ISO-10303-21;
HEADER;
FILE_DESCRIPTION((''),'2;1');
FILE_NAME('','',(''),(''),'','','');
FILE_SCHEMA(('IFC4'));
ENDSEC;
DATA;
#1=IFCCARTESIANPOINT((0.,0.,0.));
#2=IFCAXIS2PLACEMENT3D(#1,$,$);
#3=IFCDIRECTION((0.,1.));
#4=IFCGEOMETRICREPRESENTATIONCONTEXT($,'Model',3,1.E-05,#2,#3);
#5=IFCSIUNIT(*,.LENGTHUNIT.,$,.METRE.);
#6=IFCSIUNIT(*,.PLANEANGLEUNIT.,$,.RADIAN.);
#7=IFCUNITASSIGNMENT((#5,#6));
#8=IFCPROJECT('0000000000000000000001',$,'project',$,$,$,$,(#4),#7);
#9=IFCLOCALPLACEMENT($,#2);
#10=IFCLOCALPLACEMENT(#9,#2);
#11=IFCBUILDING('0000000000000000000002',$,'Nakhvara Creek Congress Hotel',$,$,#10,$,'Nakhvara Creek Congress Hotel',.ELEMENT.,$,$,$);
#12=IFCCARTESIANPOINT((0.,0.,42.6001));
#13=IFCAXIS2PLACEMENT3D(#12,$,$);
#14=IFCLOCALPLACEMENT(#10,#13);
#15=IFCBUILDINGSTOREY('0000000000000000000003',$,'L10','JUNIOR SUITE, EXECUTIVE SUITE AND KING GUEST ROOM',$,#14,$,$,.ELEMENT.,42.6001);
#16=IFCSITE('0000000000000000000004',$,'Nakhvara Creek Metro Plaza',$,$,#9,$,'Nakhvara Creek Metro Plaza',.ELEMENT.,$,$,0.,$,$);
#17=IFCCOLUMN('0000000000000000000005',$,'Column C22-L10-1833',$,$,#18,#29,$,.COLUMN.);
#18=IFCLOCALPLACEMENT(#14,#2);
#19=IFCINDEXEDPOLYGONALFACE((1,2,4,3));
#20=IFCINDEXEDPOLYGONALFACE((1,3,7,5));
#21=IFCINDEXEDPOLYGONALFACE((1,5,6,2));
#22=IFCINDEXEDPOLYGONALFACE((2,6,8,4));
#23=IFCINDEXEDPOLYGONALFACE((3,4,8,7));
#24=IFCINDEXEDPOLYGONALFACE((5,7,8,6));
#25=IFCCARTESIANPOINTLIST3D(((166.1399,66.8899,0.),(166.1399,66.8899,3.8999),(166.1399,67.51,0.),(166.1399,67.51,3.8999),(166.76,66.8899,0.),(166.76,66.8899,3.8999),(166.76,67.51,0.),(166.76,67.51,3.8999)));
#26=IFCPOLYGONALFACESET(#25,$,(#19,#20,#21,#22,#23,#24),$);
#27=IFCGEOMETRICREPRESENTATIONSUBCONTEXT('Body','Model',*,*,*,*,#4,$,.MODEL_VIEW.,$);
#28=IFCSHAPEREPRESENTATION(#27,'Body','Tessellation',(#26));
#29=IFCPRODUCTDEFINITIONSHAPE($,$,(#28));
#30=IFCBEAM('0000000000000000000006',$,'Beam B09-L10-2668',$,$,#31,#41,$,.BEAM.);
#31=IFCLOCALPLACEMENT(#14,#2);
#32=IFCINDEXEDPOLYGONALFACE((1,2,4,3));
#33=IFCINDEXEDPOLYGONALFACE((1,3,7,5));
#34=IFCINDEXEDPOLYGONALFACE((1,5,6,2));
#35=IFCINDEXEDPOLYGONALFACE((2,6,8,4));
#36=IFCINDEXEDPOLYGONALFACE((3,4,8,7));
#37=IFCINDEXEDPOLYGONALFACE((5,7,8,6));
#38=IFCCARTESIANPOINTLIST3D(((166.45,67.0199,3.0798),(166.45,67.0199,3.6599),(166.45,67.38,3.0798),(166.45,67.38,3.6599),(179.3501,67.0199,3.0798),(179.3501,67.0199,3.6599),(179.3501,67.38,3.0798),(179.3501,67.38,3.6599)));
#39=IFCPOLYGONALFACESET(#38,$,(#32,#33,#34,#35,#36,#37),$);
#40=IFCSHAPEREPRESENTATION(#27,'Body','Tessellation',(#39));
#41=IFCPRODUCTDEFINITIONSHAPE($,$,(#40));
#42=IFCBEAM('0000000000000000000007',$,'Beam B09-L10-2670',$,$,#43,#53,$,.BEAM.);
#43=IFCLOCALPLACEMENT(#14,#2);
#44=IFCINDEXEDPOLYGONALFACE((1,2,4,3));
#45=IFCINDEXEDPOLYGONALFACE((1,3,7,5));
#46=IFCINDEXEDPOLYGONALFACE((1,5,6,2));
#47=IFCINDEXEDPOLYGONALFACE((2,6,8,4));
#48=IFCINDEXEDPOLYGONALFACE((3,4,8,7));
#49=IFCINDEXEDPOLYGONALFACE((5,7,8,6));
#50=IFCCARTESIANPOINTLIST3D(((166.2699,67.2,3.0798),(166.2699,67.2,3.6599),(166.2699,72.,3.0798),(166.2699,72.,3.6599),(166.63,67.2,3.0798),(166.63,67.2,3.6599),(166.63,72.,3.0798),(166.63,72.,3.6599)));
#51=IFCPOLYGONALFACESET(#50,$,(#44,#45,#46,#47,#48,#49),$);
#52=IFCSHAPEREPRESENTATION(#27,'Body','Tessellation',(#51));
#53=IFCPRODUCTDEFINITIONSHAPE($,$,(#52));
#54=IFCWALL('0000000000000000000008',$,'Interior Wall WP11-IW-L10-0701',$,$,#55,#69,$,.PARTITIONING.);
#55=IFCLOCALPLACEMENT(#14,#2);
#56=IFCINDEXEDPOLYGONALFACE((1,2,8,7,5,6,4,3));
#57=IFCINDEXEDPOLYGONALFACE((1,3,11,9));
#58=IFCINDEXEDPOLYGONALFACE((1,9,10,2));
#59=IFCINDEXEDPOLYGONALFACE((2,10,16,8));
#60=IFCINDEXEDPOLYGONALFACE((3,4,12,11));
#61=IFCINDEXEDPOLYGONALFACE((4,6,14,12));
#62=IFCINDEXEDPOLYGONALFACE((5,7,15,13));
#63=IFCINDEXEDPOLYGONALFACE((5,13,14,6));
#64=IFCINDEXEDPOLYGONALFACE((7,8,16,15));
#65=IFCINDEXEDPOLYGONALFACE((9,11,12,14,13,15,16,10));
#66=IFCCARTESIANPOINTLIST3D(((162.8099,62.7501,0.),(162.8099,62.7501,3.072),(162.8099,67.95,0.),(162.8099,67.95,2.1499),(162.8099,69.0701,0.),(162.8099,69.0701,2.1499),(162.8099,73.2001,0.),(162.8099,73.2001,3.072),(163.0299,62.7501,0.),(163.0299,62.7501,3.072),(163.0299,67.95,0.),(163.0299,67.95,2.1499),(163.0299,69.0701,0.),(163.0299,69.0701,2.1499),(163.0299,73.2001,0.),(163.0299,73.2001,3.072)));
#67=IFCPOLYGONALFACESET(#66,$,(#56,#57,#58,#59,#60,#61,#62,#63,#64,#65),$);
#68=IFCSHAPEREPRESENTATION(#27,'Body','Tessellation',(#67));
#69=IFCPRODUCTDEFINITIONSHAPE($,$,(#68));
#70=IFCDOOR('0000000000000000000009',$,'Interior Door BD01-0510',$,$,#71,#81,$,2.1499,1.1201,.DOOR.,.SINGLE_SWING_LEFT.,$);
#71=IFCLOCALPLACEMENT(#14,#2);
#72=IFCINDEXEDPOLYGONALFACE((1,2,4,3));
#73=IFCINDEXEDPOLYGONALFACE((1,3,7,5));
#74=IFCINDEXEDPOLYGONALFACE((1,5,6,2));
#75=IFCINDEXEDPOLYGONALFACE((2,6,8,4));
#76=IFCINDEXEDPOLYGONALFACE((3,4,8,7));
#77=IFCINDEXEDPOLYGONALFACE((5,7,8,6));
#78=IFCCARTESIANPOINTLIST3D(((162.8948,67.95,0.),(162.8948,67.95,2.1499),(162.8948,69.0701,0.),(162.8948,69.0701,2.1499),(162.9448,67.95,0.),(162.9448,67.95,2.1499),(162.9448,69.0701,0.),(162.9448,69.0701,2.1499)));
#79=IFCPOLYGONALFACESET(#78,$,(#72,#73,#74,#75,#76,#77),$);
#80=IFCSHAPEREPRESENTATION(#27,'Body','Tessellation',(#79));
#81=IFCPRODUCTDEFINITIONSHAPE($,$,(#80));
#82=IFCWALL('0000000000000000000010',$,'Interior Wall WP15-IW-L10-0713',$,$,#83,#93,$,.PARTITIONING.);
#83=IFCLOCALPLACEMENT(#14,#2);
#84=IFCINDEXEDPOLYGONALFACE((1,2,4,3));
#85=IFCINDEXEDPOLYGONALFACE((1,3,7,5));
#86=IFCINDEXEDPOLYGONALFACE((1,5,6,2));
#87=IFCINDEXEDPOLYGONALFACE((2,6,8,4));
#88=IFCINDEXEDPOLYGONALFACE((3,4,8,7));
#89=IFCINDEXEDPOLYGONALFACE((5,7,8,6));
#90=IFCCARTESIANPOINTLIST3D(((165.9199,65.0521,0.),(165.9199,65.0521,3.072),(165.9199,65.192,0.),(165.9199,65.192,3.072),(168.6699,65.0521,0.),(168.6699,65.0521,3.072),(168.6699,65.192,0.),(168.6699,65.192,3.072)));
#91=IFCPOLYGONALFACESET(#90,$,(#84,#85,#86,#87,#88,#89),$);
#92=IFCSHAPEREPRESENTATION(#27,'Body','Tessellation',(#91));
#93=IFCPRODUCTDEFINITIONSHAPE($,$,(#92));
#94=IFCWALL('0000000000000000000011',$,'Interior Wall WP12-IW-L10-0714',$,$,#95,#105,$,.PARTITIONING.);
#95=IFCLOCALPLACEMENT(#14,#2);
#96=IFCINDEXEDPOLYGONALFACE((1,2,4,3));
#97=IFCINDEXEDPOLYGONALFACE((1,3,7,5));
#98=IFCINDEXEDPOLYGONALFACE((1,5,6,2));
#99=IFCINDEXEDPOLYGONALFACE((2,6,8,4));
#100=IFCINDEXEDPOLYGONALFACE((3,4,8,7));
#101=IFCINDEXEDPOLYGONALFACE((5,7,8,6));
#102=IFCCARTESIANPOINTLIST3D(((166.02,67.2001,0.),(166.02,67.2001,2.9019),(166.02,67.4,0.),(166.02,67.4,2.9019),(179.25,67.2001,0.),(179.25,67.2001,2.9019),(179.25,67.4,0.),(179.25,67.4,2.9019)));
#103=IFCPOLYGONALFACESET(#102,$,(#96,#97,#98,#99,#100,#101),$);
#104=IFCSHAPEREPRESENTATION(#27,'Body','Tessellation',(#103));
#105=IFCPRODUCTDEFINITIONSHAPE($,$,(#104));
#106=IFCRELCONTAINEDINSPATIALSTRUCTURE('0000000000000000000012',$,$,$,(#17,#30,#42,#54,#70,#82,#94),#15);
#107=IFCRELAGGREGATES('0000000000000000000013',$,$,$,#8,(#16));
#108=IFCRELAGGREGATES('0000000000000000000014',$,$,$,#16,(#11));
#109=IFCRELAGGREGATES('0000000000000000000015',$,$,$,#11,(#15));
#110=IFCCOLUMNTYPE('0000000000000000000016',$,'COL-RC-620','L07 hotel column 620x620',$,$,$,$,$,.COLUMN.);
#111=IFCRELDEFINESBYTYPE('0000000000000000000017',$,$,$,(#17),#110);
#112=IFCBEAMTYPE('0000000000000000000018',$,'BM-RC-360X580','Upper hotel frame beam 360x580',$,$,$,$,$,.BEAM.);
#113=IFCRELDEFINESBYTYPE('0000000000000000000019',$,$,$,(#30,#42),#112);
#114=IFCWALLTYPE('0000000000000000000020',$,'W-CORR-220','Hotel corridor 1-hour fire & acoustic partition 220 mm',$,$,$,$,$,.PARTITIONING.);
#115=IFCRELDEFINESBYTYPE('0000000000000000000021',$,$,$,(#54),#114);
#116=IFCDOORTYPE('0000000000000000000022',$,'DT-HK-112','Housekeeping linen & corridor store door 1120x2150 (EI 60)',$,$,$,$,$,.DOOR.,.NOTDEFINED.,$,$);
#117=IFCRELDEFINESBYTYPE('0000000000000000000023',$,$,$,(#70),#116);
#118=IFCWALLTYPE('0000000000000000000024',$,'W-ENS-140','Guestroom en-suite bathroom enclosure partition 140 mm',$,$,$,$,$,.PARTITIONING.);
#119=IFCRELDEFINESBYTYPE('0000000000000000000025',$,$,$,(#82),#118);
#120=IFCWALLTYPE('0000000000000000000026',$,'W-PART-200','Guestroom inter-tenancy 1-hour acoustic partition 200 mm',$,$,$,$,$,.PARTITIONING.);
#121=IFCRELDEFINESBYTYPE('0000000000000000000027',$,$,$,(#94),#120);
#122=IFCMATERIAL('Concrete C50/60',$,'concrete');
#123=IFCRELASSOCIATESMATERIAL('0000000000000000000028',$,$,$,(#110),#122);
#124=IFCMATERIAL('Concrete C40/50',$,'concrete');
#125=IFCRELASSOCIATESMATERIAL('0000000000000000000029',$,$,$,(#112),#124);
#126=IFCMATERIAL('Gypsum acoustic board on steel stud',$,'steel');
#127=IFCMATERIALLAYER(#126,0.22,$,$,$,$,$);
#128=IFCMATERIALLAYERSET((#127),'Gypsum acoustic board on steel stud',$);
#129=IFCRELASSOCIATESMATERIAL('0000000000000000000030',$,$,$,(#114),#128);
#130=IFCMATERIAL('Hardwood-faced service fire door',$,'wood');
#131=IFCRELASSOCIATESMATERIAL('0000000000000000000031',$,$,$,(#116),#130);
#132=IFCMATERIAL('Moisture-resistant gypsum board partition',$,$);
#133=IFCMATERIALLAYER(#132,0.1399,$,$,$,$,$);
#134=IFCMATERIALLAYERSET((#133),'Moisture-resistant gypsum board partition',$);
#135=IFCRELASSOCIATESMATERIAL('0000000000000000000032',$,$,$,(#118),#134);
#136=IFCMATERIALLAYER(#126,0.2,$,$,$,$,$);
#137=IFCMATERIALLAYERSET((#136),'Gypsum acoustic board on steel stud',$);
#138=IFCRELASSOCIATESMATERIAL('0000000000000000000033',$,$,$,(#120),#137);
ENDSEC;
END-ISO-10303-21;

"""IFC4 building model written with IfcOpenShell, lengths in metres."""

from ifc_helpers import new_model, si_unit, direction, frame, frame_2d, origin, origin_2d, place, context, subcontext, project, spatial, rectangle, extrude, material, layer, layer_set, material_profile, profile_set, type_object, element, fill, save


model = new_model("IFC4")

# Units and contexts
model_context = context("Model", 3, precision=1e-05, world=origin(), true_north=direction((0.0, 1.0)))
body_context = subcontext(model_context, "Body", "Model", "MODEL_VIEW")
ifc_project = project(units=[si_unit("LENGTHUNIT", "METRE"), si_unit("PLANEANGLEUNIT", "RADIAN")], contexts=[model_context])

# Site, building, storey
site_placement = place(None, origin())
site = spatial("IfcSite", under=ifc_project, at=site_placement, Name="Nakhvara Creek Metro Plaza", LongName="Nakhvara Creek Metro Plaza", CompositionType="ELEMENT", RefElevation=0.0)
building_placement = place(site_placement, origin())
building = spatial("IfcBuilding", under=site, at=building_placement, Name="Nakhvara Creek Congress Hotel", LongName="Nakhvara Creek Congress Hotel", CompositionType="ELEMENT")
storey_placement = place(building_placement, frame((0.0, 0.0, 42.6001)))
storey = spatial("IfcBuildingStorey", under=building, at=storey_placement, Name="L10", Description="JUNIOR SUITE, EXECUTIVE SUITE AND KING GUEST ROOM", CompositionType="ELEMENT", Elevation=42.6001)

# Column
ifc_material_1 = material(Name="Concrete C50/60", Category="concrete")
ifc_material_profile_1 = material_profile(ifc_material_1, rectangle(XDim=0.6201, YDim=0.6201, at=origin_2d()), Name="RC-COL 620x620", Category="LoadBearing")
ifc_profile_set_1 = profile_set([ifc_material_profile_1], Name="Concrete C50/60")
column_type = type_object("IfcColumnType", Name="COL-RC-620", Description="L07 hotel column 620x620", PredefinedType="COLUMN", material=ifc_profile_set_1)
column_placement = place(storey_placement, frame((166.45, 67.2, 0.0), z_axis=(0.0, 0.0, 1.0), x_axis=(1.0, 0.0, 0.0)))
element("IfcColumn", 1, at=column_placement, inside=storey, type_object=column_type, Name="Column C22-L10-1833", PredefinedType="COLUMN", context=body_context, shape_type="SweptSolid", body=[
    extrude(rectangle(XDim=0.6201, YDim=0.6201, at=origin_2d()), origin(), (0.0, 0.0, 1.0), 3.8999),
])

# Beams
ifc_material_2 = material(Name="Concrete C40/50", Category="concrete")
ifc_material_profile_2 = material_profile(ifc_material_2, rectangle(XDim=0.3601, YDim=0.5801, at=origin_2d()), Name="RC-BM 360x580", Category="LoadBearing")
ifc_profile_set_2 = profile_set([ifc_material_profile_2], Name="Concrete C40/50")
beam_type = type_object("IfcBeamType", Name="BM-RC-360X580", Description="Upper hotel frame beam 360x580", PredefinedType="BEAM", material=ifc_profile_set_2)
beam_1_placement = place(storey_placement, frame((166.45, 67.2, 3.3699), z_axis=(1.0, 0.0, 0.0), x_axis=(0.0, 1.0, 0.0)))
element("IfcBeam", 2, at=beam_1_placement, inside=storey, type_object=beam_type, Name="Beam B09-L10-2668", PredefinedType="BEAM", context=body_context, shape_type="SweptSolid", body=[
    extrude(rectangle(XDim=0.3601, YDim=0.5801, at=origin_2d()), origin(), (0.0, 0.0, 1.0), 12.9001),
])
beam_2_placement = place(storey_placement, frame((166.45, 67.2, 3.3699), z_axis=(0.0, 1.0, 0.0), x_axis=(-1.0, 0.0, 0.0)))
element("IfcBeam", 3, at=beam_2_placement, inside=storey, type_object=beam_type, Name="Beam B09-L10-2670", PredefinedType="BEAM", context=body_context, shape_type="SweptSolid", body=[
    extrude(rectangle(XDim=0.3601, YDim=0.5801, at=origin_2d()), origin(), (0.0, 0.0, 1.0), 4.8),
])

# Wall, opening, door
ifc_material_3 = material(Name="Gypsum acoustic board on steel stud", Category="steel")
ifc_layer_1 = layer(ifc_material_3, 0.22)
ifc_layer_set_1 = layer_set([ifc_layer_1], Name="Gypsum acoustic board on steel stud")
wall_type_1 = type_object("IfcWallType", Name="W-CORR-220", Description="Hotel corridor 1-hour fire & acoustic partition 220 mm", PredefinedType="PARTITIONING", material=ifc_layer_set_1)
wall_1_placement = place(storey_placement, frame((162.9199, 62.75, 0.0), z_axis=(0.0, 0.0, 1.0), x_axis=(0.0, 1.0, 0.0)))
wall_1 = element("IfcWall", 4, at=wall_1_placement, inside=storey, type_object=wall_type_1, Name="Interior Wall WP11-IW-L10-0701", PredefinedType="PARTITIONING", context=body_context, shape_type="SweptSolid", body=[
    extrude(rectangle(XDim=10.45, YDim=0.22, at=frame_2d((5.2251, 0.0))), origin(), (0.0, 0.0, 1.0), 3.072),
])
opening_1_placement = place(wall_1_placement, frame((5.2, 0.0, 0.0)))
opening_1 = element("IfcOpeningElement", 5, at=opening_1_placement, cuts=wall_1, PredefinedType="OPENING", context=body_context, shape_type="SweptSolid", body=[
    extrude(rectangle(XDim=1.1201, YDim=2.1499, at=frame_2d((0.5601, 1.075))), frame((0.0, 0.1221, 0.0), z_axis=(0.0, -1.0, 0.0), x_axis=(1.0, 0.0, 0.0)), (0.0, 0.0, 1.0), 0.2439),
])
ifc_material_4 = material(Name="Hardwood-faced service fire door", Category="wood")
door_type_1 = type_object("IfcDoorType", Name="DT-HK-112", Description="Housekeeping linen & corridor store door 1120x2150 (EI 60)", OperationType="NOTDEFINED", PredefinedType="DOOR", material=ifc_material_4)
door_1_placement = place(opening_1_placement, frame((1.1201, 0.0, 0.0), z_axis=(0.0, 0.0, 1.0), x_axis=(-1.0, 0.0, 0.0)))
door_1 = element("IfcDoor", 6, at=door_1_placement, inside=storey, type_object=door_type_1, Name="Interior Door BD01-0510", OperationType="SINGLE_SWING_LEFT", OverallHeight=2.1499, OverallWidth=1.1201, PredefinedType="DOOR", context=body_context, shape_type="SweptSolid", body=[
    extrude(rectangle(XDim=1.1201, YDim=2.1499, at=frame_2d((0.5601, 1.075))), frame((0.0, 0.0249, 0.0), z_axis=(0.0, -1.0, 0.0), x_axis=(1.0, 0.0, 0.0)), (0.0, 0.0, 1.0), 0.05),
])
fill(opening_1, door_1)

# Shared definitions
ifc_material_5 = material(Name="Moisture-resistant gypsum board partition")
ifc_layer_2 = layer(ifc_material_5, 0.1399)
ifc_layer_set_2 = layer_set([ifc_layer_2], Name="Moisture-resistant gypsum board partition")
wall_type_2 = type_object("IfcWallType", Name="W-ENS-140", Description="Guestroom en-suite bathroom enclosure partition 140 mm", PredefinedType="PARTITIONING", material=ifc_layer_set_2)

# Walls
wall_2_placement = place(storey_placement, frame((165.9199, 65.1221, 0.0), z_axis=(0.0, 0.0, 1.0), x_axis=(1.0, 0.0, 0.0)))
element("IfcWall", 7, at=wall_2_placement, inside=storey, type_object=wall_type_2, Name="Interior Wall WP15-IW-L10-0713", PredefinedType="PARTITIONING", context=body_context, shape_type="SweptSolid", body=[
    extrude(rectangle(XDim=2.75, YDim=0.1399, at=frame_2d((1.375, 0.0))), origin(), (0.0, 0.0, 1.0), 3.072),
])
ifc_layer_3 = layer(ifc_material_3, 0.2)
ifc_layer_set_3 = layer_set([ifc_layer_3], Name="Gypsum acoustic board on steel stud")
wall_type_3 = type_object("IfcWallType", Name="W-PART-200", Description="Guestroom inter-tenancy 1-hour acoustic partition 200 mm", PredefinedType="PARTITIONING", material=ifc_layer_set_3)
wall_3_placement = place(storey_placement, frame((166.02, 67.3, 0.0), z_axis=(0.0, 0.0, 1.0), x_axis=(1.0, 0.0, 0.0)))
element("IfcWall", 8, at=wall_3_placement, inside=storey, type_object=wall_type_3, Name="Interior Wall WP12-IW-L10-0714", PredefinedType="PARTITIONING", context=body_context, shape_type="SweptSolid", body=[
    extrude(rectangle(XDim=13.23, YDim=0.2, at=frame_2d((6.615, 0.0))), origin(), (0.0, 0.0, 1.0), 2.9019),
])

save(model, "model.ifc")
